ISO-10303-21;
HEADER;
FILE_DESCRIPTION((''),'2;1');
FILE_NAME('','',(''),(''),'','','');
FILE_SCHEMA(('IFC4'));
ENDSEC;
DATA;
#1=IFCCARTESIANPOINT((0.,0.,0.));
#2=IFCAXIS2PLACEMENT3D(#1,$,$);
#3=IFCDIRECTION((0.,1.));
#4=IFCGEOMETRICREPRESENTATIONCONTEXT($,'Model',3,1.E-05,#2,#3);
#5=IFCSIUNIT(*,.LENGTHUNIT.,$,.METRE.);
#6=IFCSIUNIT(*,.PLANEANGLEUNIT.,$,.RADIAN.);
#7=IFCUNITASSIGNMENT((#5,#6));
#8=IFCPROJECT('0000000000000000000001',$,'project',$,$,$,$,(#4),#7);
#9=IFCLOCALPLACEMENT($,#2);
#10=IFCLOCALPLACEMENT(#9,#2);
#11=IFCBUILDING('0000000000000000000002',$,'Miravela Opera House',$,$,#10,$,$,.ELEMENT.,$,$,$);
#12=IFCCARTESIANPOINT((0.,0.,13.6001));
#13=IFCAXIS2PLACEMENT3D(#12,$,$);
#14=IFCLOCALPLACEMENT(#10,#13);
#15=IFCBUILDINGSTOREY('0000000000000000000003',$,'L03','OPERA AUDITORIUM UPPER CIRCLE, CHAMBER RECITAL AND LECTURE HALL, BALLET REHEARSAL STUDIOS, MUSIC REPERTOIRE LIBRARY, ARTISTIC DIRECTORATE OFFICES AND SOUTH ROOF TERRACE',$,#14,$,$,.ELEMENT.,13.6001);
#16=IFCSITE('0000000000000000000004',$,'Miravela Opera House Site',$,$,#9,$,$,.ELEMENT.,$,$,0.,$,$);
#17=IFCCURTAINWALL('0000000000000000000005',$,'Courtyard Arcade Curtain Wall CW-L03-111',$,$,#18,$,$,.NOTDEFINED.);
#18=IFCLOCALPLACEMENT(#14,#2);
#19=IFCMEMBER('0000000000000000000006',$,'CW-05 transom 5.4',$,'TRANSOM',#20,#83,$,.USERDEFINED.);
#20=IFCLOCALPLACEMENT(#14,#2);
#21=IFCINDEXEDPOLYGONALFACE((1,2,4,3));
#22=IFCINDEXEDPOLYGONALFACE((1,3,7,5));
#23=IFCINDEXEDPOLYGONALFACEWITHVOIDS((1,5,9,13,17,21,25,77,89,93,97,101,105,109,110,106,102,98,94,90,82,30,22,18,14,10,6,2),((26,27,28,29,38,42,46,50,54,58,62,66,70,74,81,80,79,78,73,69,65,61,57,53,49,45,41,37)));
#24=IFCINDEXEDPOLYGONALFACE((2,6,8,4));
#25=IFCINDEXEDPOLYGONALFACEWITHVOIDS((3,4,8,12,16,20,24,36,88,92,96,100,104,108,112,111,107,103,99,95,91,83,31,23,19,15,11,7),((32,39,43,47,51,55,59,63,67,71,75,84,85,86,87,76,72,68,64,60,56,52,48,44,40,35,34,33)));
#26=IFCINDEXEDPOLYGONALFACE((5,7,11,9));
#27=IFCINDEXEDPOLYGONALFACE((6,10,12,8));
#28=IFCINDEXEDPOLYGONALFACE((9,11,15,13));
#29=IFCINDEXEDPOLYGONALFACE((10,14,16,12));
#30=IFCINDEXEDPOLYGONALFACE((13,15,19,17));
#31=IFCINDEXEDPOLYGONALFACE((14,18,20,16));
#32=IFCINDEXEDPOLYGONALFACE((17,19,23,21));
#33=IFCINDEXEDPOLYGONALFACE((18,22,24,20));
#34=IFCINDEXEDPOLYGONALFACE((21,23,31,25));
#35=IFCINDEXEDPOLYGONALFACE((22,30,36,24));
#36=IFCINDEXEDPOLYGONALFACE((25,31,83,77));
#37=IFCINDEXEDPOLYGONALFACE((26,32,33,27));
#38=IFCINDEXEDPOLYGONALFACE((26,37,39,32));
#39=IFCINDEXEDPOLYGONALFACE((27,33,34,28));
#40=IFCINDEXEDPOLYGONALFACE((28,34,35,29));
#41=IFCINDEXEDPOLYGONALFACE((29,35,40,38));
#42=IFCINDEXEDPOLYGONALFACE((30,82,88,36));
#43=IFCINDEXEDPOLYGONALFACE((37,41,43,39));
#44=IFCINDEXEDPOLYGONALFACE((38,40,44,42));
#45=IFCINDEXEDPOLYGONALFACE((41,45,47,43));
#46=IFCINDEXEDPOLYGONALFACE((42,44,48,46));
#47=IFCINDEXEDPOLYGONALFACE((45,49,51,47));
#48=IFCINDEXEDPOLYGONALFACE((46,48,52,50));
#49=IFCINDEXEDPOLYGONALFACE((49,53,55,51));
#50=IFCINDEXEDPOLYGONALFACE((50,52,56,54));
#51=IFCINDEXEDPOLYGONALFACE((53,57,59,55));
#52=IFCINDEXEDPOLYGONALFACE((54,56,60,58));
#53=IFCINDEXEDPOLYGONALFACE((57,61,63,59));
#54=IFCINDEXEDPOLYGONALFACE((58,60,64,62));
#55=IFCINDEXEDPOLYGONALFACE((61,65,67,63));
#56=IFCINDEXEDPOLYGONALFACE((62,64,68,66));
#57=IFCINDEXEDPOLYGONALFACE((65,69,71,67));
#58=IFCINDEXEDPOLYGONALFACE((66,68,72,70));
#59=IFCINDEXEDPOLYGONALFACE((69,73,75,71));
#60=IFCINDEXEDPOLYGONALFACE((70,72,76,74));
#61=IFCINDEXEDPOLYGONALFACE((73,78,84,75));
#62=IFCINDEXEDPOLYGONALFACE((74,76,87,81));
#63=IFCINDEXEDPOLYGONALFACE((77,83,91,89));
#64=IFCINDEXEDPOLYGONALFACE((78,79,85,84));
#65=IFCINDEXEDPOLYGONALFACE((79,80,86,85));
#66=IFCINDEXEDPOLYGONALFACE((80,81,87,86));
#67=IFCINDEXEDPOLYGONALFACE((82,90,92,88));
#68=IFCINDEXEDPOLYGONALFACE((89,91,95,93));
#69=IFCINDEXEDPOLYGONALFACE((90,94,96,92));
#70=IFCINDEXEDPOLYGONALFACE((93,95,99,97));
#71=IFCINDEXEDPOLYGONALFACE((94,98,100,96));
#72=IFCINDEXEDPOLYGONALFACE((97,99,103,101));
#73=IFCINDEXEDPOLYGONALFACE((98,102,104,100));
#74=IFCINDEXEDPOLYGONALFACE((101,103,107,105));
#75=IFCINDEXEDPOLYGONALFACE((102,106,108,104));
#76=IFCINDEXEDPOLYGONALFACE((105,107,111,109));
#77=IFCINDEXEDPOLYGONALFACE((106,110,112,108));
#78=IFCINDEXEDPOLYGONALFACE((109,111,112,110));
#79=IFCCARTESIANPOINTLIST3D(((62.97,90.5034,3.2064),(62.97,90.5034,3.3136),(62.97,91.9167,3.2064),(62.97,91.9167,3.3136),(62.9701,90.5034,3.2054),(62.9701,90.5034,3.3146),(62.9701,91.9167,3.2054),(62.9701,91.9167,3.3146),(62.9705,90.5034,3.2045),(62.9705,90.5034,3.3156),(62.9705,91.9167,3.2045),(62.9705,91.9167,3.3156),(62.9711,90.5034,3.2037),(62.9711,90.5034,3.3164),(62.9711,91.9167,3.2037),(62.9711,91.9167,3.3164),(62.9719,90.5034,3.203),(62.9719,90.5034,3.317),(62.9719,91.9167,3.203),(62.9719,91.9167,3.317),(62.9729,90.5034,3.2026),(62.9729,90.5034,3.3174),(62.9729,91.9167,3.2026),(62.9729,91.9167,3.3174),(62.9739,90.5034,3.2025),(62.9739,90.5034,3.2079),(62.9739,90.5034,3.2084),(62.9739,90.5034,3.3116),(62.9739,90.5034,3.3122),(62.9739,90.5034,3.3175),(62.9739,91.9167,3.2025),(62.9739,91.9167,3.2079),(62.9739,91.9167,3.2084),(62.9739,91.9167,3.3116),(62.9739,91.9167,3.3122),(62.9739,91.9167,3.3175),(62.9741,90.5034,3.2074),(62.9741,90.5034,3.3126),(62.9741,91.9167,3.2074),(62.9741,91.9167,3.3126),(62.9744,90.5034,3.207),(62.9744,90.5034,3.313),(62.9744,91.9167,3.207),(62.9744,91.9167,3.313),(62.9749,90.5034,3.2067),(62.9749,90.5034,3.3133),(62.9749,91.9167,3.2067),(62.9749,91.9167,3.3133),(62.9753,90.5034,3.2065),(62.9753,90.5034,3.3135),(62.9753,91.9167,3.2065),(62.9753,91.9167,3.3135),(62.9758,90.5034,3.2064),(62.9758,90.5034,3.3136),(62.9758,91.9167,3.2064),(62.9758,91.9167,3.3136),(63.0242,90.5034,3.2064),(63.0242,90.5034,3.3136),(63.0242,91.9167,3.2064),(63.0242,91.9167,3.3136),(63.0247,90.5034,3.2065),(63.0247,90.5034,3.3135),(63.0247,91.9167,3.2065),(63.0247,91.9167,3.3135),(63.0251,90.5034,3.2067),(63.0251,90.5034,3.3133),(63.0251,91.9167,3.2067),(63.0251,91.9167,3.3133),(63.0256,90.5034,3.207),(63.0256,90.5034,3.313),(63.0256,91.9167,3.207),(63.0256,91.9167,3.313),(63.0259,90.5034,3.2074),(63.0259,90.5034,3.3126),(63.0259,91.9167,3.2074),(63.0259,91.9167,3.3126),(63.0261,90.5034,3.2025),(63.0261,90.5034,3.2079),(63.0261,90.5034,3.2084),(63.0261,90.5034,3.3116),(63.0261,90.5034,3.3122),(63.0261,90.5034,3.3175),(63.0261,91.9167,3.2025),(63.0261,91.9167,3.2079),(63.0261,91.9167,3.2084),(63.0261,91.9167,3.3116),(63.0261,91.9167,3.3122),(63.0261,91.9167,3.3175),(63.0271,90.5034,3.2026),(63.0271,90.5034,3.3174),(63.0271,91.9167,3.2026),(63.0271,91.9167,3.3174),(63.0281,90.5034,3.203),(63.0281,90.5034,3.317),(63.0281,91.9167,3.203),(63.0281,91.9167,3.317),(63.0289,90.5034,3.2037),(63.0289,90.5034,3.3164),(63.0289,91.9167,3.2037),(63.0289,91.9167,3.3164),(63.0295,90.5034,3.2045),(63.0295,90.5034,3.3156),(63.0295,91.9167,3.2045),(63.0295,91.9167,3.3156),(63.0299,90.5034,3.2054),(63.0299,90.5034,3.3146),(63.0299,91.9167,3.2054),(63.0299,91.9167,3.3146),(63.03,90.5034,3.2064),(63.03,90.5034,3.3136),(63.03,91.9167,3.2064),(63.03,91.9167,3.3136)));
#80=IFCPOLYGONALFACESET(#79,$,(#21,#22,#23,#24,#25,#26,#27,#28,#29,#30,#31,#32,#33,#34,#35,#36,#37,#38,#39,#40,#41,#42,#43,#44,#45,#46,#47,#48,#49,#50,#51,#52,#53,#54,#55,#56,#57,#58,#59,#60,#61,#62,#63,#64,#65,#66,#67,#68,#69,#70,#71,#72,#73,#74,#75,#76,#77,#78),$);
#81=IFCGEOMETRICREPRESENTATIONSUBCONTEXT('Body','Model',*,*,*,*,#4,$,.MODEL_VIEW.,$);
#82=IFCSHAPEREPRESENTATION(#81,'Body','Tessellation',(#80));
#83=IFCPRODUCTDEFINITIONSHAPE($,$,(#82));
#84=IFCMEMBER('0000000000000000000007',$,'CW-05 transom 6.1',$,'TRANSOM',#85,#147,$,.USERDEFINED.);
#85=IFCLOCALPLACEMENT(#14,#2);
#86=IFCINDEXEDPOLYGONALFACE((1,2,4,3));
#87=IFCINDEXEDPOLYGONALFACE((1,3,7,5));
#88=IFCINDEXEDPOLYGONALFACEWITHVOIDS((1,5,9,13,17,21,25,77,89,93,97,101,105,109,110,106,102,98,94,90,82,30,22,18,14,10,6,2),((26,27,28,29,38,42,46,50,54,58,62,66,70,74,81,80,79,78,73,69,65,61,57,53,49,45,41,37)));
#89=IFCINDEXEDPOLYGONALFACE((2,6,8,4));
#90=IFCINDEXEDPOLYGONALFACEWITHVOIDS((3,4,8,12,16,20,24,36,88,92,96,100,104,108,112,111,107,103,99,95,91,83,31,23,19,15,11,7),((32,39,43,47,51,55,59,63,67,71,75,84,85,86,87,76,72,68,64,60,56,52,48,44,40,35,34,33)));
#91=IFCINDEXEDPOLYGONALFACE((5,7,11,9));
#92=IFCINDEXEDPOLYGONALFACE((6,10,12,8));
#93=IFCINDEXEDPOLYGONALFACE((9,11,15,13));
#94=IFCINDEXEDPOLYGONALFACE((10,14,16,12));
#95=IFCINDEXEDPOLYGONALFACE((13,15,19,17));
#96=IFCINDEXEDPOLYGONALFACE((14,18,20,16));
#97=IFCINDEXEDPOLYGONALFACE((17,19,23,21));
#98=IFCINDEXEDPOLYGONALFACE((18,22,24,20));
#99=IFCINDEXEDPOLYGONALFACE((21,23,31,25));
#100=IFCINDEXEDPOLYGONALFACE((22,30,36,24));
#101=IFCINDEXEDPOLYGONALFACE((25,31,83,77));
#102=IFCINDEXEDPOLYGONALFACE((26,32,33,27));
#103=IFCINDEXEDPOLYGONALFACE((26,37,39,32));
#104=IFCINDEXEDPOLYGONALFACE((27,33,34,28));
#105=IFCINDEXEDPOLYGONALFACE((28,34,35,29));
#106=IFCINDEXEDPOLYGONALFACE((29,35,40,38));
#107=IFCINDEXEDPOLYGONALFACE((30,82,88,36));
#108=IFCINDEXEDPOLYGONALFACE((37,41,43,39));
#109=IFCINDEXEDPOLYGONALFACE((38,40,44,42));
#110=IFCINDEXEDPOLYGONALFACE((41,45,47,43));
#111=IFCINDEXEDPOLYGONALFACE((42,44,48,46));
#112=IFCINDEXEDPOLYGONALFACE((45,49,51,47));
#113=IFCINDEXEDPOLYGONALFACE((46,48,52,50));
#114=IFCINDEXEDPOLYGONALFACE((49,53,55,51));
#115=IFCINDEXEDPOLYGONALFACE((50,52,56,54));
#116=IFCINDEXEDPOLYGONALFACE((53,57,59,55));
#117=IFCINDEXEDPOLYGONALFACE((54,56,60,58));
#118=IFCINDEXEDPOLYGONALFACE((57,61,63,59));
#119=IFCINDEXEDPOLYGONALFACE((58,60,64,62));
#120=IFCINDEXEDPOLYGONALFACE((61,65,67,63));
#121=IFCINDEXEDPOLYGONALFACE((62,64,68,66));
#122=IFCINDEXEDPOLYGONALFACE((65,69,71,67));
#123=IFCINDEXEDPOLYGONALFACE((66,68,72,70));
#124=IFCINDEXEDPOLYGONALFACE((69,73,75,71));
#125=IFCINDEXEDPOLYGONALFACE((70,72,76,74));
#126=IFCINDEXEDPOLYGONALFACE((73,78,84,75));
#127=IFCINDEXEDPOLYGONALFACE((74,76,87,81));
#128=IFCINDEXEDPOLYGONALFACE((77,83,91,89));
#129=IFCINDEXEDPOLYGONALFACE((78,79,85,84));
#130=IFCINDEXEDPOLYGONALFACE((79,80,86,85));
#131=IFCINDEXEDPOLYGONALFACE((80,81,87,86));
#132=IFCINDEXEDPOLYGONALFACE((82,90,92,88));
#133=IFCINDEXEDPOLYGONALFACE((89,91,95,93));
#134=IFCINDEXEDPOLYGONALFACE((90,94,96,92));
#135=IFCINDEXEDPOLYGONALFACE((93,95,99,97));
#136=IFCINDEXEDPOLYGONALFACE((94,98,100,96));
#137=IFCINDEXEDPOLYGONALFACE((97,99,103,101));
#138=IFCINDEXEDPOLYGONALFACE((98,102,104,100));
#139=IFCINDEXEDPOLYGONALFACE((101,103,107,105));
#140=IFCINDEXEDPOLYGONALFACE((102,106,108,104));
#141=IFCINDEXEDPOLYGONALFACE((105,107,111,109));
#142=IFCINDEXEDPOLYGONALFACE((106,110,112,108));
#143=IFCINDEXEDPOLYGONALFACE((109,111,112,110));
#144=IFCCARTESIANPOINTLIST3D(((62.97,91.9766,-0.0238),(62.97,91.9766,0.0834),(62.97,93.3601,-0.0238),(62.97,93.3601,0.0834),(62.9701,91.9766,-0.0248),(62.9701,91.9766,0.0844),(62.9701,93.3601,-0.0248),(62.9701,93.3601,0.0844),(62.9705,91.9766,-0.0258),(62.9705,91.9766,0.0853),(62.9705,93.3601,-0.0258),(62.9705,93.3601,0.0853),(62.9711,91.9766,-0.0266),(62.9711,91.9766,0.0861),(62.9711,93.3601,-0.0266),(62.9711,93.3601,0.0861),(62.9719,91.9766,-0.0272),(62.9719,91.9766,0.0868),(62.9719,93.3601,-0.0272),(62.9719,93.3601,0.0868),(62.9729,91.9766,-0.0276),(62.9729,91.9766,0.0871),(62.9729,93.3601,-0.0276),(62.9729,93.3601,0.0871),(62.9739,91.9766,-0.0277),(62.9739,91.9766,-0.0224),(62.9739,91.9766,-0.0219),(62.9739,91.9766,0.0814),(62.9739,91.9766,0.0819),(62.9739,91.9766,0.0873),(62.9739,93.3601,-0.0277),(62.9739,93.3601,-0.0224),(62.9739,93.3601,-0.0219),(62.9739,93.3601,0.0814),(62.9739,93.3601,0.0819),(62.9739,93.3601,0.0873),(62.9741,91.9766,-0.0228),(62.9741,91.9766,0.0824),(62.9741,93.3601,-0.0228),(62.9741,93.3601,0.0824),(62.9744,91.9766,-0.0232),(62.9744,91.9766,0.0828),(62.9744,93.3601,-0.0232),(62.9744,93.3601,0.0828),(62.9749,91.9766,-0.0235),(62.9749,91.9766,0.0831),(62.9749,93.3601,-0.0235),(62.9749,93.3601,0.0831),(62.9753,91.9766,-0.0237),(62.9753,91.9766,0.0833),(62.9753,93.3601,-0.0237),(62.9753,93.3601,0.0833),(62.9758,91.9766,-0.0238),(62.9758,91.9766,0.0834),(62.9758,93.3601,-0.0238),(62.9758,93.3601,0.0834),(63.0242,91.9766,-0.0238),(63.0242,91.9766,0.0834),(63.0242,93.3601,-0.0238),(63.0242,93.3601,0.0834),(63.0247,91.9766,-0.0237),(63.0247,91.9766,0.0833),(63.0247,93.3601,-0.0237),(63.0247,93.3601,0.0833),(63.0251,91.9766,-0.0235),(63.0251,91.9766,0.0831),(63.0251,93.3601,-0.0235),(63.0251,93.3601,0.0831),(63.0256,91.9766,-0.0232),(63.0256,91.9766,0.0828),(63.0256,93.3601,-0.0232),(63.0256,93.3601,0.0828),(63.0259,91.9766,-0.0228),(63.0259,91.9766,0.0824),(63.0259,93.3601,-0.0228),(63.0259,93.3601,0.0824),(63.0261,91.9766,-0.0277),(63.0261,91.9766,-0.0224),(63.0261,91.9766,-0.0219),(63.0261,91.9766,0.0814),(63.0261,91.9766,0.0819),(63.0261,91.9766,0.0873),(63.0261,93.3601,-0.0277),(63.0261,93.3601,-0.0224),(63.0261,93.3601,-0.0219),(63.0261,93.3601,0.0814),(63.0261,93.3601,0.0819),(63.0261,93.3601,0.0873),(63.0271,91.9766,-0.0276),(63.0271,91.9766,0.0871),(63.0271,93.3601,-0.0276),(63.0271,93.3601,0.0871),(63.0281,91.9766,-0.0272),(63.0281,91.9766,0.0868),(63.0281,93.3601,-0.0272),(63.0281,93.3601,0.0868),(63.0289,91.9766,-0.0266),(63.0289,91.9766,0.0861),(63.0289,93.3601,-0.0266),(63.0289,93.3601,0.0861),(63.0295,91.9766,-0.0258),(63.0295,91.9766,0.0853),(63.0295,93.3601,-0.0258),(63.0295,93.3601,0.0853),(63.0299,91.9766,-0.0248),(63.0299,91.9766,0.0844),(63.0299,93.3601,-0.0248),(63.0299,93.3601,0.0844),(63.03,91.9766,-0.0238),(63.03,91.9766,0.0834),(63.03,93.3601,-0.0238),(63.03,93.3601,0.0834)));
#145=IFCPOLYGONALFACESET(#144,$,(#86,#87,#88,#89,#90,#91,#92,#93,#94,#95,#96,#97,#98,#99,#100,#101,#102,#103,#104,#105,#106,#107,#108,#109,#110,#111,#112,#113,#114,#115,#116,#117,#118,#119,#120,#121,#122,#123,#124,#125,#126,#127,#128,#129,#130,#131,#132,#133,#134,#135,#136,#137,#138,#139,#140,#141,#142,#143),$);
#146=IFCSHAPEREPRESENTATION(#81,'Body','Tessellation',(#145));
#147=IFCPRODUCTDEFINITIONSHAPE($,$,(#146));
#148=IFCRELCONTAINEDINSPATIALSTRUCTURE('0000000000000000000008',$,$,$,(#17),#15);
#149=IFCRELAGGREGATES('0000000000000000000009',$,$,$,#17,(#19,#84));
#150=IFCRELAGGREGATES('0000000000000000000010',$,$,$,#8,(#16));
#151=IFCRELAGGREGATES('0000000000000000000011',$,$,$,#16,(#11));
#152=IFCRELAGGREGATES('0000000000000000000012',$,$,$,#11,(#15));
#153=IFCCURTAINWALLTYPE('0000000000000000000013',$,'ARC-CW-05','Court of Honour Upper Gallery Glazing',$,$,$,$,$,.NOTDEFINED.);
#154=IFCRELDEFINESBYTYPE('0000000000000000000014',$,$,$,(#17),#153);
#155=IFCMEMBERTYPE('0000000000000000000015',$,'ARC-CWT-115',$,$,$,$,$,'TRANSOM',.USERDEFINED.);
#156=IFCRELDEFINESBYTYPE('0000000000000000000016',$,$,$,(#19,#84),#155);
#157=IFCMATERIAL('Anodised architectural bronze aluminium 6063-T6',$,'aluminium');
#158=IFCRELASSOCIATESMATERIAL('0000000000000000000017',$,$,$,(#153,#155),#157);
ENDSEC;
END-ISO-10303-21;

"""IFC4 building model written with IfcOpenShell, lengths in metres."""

from ifc_helpers import new_model, si_unit, direction, frame, origin, origin_2d, place, context, subcontext, project, spatial, hollow_rectangle, extrude, material, material_profile, profile_set, type_object, element, aggregate, save


model = new_model("IFC4")

# Units and contexts
model_context = context("Model", 3, precision=1e-05, world=origin(), true_north=direction((0.0, 1.0)))
body_context = subcontext(model_context, "Body", "Model", "MODEL_VIEW")
ifc_project = project(units=[si_unit("LENGTHUNIT", "METRE"), si_unit("PLANEANGLEUNIT", "RADIAN")], contexts=[model_context])

# Site, building, storey
site_placement = place(None, origin())
site = spatial("IfcSite", under=ifc_project, at=site_placement, Name="Miravela Opera House Site", CompositionType="ELEMENT", RefElevation=0.0)
building_placement = place(site_placement, origin())
building = spatial("IfcBuilding", under=site, at=building_placement, Name="Miravela Opera House", CompositionType="ELEMENT")
storey_placement = place(building_placement, frame((0.0, 0.0, 13.6001)))
storey = spatial("IfcBuildingStorey", under=building, at=storey_placement, Name="L03", Description="OPERA AUDITORIUM UPPER CIRCLE, CHAMBER RECITAL AND LECTURE HALL, BALLET REHEARSAL STUDIOS, MUSIC REPERTOIRE LIBRARY, ARTISTIC DIRECTORATE OFFICES AND SOUTH ROOF TERRACE", CompositionType="ELEMENT", Elevation=13.6001)

# Curtain wall, members
ifc_material_1 = material(Name="Anodised architectural bronze aluminium 6063-T6", Category="aluminium")
curtain_wall_type = type_object("IfcCurtainWallType", Name="ARC-CW-05", Description="Court of Honour Upper Gallery Glazing", PredefinedType="NOTDEFINED", material=ifc_material_1)
curtain_wall_placement = place(storey_placement, origin())
curtain_wall = element("IfcCurtainWall", 1, at=curtain_wall_placement, inside=storey, type_object=curtain_wall_type, Name="Courtyard Arcade Curtain Wall CW-L03-111", PredefinedType="NOTDEFINED")
ifc_material_profile_1 = material_profile(ifc_material_1, hollow_rectangle(XDim=0.0601, YDim=0.115, WallThickness=0.0039, InnerFilletRadius=0.002, OuterFilletRadius=0.0039, at=origin_2d()), Name="CWT-60X115")
ifc_profile_set_1 = profile_set([ifc_material_profile_1])
member_type_1 = type_object("IfcMemberType", Name="ARC-CWT-115", ElementType="TRANSOM", PredefinedType="USERDEFINED", material=ifc_profile_set_1)
member_1_placement = place(storey_placement, frame((63.0, 90.5034, 3.26), z_axis=(0.0, 1.0, 0.0), x_axis=(-1.0, 0.0, 0.0)))
member_1 = element("IfcMember", 2, at=member_1_placement, type_object=member_type_1, Name="CW-05 transom 5.4", ObjectType="TRANSOM", PredefinedType="USERDEFINED", context=body_context, shape_type="SweptSolid", body=[
    extrude(hollow_rectangle(XDim=0.0601, YDim=0.115, WallThickness=0.0039, InnerFilletRadius=0.002, OuterFilletRadius=0.0039, at=origin_2d()), origin(), (0.0, 0.0, 1.0), 1.4133),
])
member_2_placement = place(storey_placement, frame((63.0, 91.9766, 0.0298), z_axis=(0.0, 1.0, 0.0), x_axis=(-1.0, 0.0, 0.0)))
member_2 = element("IfcMember", 3, at=member_2_placement, type_object=member_type_1, Name="CW-05 transom 6.1", ObjectType="TRANSOM", PredefinedType="USERDEFINED", context=body_context, shape_type="SweptSolid", body=[
    extrude(hollow_rectangle(XDim=0.0601, YDim=0.115, WallThickness=0.0039, InnerFilletRadius=0.002, OuterFilletRadius=0.0039, at=origin_2d()), origin(), (0.0, 0.0, 1.0), 1.3835),
])
aggregate(curtain_wall, [member_1, member_2])

save(model, "model.ifc")
